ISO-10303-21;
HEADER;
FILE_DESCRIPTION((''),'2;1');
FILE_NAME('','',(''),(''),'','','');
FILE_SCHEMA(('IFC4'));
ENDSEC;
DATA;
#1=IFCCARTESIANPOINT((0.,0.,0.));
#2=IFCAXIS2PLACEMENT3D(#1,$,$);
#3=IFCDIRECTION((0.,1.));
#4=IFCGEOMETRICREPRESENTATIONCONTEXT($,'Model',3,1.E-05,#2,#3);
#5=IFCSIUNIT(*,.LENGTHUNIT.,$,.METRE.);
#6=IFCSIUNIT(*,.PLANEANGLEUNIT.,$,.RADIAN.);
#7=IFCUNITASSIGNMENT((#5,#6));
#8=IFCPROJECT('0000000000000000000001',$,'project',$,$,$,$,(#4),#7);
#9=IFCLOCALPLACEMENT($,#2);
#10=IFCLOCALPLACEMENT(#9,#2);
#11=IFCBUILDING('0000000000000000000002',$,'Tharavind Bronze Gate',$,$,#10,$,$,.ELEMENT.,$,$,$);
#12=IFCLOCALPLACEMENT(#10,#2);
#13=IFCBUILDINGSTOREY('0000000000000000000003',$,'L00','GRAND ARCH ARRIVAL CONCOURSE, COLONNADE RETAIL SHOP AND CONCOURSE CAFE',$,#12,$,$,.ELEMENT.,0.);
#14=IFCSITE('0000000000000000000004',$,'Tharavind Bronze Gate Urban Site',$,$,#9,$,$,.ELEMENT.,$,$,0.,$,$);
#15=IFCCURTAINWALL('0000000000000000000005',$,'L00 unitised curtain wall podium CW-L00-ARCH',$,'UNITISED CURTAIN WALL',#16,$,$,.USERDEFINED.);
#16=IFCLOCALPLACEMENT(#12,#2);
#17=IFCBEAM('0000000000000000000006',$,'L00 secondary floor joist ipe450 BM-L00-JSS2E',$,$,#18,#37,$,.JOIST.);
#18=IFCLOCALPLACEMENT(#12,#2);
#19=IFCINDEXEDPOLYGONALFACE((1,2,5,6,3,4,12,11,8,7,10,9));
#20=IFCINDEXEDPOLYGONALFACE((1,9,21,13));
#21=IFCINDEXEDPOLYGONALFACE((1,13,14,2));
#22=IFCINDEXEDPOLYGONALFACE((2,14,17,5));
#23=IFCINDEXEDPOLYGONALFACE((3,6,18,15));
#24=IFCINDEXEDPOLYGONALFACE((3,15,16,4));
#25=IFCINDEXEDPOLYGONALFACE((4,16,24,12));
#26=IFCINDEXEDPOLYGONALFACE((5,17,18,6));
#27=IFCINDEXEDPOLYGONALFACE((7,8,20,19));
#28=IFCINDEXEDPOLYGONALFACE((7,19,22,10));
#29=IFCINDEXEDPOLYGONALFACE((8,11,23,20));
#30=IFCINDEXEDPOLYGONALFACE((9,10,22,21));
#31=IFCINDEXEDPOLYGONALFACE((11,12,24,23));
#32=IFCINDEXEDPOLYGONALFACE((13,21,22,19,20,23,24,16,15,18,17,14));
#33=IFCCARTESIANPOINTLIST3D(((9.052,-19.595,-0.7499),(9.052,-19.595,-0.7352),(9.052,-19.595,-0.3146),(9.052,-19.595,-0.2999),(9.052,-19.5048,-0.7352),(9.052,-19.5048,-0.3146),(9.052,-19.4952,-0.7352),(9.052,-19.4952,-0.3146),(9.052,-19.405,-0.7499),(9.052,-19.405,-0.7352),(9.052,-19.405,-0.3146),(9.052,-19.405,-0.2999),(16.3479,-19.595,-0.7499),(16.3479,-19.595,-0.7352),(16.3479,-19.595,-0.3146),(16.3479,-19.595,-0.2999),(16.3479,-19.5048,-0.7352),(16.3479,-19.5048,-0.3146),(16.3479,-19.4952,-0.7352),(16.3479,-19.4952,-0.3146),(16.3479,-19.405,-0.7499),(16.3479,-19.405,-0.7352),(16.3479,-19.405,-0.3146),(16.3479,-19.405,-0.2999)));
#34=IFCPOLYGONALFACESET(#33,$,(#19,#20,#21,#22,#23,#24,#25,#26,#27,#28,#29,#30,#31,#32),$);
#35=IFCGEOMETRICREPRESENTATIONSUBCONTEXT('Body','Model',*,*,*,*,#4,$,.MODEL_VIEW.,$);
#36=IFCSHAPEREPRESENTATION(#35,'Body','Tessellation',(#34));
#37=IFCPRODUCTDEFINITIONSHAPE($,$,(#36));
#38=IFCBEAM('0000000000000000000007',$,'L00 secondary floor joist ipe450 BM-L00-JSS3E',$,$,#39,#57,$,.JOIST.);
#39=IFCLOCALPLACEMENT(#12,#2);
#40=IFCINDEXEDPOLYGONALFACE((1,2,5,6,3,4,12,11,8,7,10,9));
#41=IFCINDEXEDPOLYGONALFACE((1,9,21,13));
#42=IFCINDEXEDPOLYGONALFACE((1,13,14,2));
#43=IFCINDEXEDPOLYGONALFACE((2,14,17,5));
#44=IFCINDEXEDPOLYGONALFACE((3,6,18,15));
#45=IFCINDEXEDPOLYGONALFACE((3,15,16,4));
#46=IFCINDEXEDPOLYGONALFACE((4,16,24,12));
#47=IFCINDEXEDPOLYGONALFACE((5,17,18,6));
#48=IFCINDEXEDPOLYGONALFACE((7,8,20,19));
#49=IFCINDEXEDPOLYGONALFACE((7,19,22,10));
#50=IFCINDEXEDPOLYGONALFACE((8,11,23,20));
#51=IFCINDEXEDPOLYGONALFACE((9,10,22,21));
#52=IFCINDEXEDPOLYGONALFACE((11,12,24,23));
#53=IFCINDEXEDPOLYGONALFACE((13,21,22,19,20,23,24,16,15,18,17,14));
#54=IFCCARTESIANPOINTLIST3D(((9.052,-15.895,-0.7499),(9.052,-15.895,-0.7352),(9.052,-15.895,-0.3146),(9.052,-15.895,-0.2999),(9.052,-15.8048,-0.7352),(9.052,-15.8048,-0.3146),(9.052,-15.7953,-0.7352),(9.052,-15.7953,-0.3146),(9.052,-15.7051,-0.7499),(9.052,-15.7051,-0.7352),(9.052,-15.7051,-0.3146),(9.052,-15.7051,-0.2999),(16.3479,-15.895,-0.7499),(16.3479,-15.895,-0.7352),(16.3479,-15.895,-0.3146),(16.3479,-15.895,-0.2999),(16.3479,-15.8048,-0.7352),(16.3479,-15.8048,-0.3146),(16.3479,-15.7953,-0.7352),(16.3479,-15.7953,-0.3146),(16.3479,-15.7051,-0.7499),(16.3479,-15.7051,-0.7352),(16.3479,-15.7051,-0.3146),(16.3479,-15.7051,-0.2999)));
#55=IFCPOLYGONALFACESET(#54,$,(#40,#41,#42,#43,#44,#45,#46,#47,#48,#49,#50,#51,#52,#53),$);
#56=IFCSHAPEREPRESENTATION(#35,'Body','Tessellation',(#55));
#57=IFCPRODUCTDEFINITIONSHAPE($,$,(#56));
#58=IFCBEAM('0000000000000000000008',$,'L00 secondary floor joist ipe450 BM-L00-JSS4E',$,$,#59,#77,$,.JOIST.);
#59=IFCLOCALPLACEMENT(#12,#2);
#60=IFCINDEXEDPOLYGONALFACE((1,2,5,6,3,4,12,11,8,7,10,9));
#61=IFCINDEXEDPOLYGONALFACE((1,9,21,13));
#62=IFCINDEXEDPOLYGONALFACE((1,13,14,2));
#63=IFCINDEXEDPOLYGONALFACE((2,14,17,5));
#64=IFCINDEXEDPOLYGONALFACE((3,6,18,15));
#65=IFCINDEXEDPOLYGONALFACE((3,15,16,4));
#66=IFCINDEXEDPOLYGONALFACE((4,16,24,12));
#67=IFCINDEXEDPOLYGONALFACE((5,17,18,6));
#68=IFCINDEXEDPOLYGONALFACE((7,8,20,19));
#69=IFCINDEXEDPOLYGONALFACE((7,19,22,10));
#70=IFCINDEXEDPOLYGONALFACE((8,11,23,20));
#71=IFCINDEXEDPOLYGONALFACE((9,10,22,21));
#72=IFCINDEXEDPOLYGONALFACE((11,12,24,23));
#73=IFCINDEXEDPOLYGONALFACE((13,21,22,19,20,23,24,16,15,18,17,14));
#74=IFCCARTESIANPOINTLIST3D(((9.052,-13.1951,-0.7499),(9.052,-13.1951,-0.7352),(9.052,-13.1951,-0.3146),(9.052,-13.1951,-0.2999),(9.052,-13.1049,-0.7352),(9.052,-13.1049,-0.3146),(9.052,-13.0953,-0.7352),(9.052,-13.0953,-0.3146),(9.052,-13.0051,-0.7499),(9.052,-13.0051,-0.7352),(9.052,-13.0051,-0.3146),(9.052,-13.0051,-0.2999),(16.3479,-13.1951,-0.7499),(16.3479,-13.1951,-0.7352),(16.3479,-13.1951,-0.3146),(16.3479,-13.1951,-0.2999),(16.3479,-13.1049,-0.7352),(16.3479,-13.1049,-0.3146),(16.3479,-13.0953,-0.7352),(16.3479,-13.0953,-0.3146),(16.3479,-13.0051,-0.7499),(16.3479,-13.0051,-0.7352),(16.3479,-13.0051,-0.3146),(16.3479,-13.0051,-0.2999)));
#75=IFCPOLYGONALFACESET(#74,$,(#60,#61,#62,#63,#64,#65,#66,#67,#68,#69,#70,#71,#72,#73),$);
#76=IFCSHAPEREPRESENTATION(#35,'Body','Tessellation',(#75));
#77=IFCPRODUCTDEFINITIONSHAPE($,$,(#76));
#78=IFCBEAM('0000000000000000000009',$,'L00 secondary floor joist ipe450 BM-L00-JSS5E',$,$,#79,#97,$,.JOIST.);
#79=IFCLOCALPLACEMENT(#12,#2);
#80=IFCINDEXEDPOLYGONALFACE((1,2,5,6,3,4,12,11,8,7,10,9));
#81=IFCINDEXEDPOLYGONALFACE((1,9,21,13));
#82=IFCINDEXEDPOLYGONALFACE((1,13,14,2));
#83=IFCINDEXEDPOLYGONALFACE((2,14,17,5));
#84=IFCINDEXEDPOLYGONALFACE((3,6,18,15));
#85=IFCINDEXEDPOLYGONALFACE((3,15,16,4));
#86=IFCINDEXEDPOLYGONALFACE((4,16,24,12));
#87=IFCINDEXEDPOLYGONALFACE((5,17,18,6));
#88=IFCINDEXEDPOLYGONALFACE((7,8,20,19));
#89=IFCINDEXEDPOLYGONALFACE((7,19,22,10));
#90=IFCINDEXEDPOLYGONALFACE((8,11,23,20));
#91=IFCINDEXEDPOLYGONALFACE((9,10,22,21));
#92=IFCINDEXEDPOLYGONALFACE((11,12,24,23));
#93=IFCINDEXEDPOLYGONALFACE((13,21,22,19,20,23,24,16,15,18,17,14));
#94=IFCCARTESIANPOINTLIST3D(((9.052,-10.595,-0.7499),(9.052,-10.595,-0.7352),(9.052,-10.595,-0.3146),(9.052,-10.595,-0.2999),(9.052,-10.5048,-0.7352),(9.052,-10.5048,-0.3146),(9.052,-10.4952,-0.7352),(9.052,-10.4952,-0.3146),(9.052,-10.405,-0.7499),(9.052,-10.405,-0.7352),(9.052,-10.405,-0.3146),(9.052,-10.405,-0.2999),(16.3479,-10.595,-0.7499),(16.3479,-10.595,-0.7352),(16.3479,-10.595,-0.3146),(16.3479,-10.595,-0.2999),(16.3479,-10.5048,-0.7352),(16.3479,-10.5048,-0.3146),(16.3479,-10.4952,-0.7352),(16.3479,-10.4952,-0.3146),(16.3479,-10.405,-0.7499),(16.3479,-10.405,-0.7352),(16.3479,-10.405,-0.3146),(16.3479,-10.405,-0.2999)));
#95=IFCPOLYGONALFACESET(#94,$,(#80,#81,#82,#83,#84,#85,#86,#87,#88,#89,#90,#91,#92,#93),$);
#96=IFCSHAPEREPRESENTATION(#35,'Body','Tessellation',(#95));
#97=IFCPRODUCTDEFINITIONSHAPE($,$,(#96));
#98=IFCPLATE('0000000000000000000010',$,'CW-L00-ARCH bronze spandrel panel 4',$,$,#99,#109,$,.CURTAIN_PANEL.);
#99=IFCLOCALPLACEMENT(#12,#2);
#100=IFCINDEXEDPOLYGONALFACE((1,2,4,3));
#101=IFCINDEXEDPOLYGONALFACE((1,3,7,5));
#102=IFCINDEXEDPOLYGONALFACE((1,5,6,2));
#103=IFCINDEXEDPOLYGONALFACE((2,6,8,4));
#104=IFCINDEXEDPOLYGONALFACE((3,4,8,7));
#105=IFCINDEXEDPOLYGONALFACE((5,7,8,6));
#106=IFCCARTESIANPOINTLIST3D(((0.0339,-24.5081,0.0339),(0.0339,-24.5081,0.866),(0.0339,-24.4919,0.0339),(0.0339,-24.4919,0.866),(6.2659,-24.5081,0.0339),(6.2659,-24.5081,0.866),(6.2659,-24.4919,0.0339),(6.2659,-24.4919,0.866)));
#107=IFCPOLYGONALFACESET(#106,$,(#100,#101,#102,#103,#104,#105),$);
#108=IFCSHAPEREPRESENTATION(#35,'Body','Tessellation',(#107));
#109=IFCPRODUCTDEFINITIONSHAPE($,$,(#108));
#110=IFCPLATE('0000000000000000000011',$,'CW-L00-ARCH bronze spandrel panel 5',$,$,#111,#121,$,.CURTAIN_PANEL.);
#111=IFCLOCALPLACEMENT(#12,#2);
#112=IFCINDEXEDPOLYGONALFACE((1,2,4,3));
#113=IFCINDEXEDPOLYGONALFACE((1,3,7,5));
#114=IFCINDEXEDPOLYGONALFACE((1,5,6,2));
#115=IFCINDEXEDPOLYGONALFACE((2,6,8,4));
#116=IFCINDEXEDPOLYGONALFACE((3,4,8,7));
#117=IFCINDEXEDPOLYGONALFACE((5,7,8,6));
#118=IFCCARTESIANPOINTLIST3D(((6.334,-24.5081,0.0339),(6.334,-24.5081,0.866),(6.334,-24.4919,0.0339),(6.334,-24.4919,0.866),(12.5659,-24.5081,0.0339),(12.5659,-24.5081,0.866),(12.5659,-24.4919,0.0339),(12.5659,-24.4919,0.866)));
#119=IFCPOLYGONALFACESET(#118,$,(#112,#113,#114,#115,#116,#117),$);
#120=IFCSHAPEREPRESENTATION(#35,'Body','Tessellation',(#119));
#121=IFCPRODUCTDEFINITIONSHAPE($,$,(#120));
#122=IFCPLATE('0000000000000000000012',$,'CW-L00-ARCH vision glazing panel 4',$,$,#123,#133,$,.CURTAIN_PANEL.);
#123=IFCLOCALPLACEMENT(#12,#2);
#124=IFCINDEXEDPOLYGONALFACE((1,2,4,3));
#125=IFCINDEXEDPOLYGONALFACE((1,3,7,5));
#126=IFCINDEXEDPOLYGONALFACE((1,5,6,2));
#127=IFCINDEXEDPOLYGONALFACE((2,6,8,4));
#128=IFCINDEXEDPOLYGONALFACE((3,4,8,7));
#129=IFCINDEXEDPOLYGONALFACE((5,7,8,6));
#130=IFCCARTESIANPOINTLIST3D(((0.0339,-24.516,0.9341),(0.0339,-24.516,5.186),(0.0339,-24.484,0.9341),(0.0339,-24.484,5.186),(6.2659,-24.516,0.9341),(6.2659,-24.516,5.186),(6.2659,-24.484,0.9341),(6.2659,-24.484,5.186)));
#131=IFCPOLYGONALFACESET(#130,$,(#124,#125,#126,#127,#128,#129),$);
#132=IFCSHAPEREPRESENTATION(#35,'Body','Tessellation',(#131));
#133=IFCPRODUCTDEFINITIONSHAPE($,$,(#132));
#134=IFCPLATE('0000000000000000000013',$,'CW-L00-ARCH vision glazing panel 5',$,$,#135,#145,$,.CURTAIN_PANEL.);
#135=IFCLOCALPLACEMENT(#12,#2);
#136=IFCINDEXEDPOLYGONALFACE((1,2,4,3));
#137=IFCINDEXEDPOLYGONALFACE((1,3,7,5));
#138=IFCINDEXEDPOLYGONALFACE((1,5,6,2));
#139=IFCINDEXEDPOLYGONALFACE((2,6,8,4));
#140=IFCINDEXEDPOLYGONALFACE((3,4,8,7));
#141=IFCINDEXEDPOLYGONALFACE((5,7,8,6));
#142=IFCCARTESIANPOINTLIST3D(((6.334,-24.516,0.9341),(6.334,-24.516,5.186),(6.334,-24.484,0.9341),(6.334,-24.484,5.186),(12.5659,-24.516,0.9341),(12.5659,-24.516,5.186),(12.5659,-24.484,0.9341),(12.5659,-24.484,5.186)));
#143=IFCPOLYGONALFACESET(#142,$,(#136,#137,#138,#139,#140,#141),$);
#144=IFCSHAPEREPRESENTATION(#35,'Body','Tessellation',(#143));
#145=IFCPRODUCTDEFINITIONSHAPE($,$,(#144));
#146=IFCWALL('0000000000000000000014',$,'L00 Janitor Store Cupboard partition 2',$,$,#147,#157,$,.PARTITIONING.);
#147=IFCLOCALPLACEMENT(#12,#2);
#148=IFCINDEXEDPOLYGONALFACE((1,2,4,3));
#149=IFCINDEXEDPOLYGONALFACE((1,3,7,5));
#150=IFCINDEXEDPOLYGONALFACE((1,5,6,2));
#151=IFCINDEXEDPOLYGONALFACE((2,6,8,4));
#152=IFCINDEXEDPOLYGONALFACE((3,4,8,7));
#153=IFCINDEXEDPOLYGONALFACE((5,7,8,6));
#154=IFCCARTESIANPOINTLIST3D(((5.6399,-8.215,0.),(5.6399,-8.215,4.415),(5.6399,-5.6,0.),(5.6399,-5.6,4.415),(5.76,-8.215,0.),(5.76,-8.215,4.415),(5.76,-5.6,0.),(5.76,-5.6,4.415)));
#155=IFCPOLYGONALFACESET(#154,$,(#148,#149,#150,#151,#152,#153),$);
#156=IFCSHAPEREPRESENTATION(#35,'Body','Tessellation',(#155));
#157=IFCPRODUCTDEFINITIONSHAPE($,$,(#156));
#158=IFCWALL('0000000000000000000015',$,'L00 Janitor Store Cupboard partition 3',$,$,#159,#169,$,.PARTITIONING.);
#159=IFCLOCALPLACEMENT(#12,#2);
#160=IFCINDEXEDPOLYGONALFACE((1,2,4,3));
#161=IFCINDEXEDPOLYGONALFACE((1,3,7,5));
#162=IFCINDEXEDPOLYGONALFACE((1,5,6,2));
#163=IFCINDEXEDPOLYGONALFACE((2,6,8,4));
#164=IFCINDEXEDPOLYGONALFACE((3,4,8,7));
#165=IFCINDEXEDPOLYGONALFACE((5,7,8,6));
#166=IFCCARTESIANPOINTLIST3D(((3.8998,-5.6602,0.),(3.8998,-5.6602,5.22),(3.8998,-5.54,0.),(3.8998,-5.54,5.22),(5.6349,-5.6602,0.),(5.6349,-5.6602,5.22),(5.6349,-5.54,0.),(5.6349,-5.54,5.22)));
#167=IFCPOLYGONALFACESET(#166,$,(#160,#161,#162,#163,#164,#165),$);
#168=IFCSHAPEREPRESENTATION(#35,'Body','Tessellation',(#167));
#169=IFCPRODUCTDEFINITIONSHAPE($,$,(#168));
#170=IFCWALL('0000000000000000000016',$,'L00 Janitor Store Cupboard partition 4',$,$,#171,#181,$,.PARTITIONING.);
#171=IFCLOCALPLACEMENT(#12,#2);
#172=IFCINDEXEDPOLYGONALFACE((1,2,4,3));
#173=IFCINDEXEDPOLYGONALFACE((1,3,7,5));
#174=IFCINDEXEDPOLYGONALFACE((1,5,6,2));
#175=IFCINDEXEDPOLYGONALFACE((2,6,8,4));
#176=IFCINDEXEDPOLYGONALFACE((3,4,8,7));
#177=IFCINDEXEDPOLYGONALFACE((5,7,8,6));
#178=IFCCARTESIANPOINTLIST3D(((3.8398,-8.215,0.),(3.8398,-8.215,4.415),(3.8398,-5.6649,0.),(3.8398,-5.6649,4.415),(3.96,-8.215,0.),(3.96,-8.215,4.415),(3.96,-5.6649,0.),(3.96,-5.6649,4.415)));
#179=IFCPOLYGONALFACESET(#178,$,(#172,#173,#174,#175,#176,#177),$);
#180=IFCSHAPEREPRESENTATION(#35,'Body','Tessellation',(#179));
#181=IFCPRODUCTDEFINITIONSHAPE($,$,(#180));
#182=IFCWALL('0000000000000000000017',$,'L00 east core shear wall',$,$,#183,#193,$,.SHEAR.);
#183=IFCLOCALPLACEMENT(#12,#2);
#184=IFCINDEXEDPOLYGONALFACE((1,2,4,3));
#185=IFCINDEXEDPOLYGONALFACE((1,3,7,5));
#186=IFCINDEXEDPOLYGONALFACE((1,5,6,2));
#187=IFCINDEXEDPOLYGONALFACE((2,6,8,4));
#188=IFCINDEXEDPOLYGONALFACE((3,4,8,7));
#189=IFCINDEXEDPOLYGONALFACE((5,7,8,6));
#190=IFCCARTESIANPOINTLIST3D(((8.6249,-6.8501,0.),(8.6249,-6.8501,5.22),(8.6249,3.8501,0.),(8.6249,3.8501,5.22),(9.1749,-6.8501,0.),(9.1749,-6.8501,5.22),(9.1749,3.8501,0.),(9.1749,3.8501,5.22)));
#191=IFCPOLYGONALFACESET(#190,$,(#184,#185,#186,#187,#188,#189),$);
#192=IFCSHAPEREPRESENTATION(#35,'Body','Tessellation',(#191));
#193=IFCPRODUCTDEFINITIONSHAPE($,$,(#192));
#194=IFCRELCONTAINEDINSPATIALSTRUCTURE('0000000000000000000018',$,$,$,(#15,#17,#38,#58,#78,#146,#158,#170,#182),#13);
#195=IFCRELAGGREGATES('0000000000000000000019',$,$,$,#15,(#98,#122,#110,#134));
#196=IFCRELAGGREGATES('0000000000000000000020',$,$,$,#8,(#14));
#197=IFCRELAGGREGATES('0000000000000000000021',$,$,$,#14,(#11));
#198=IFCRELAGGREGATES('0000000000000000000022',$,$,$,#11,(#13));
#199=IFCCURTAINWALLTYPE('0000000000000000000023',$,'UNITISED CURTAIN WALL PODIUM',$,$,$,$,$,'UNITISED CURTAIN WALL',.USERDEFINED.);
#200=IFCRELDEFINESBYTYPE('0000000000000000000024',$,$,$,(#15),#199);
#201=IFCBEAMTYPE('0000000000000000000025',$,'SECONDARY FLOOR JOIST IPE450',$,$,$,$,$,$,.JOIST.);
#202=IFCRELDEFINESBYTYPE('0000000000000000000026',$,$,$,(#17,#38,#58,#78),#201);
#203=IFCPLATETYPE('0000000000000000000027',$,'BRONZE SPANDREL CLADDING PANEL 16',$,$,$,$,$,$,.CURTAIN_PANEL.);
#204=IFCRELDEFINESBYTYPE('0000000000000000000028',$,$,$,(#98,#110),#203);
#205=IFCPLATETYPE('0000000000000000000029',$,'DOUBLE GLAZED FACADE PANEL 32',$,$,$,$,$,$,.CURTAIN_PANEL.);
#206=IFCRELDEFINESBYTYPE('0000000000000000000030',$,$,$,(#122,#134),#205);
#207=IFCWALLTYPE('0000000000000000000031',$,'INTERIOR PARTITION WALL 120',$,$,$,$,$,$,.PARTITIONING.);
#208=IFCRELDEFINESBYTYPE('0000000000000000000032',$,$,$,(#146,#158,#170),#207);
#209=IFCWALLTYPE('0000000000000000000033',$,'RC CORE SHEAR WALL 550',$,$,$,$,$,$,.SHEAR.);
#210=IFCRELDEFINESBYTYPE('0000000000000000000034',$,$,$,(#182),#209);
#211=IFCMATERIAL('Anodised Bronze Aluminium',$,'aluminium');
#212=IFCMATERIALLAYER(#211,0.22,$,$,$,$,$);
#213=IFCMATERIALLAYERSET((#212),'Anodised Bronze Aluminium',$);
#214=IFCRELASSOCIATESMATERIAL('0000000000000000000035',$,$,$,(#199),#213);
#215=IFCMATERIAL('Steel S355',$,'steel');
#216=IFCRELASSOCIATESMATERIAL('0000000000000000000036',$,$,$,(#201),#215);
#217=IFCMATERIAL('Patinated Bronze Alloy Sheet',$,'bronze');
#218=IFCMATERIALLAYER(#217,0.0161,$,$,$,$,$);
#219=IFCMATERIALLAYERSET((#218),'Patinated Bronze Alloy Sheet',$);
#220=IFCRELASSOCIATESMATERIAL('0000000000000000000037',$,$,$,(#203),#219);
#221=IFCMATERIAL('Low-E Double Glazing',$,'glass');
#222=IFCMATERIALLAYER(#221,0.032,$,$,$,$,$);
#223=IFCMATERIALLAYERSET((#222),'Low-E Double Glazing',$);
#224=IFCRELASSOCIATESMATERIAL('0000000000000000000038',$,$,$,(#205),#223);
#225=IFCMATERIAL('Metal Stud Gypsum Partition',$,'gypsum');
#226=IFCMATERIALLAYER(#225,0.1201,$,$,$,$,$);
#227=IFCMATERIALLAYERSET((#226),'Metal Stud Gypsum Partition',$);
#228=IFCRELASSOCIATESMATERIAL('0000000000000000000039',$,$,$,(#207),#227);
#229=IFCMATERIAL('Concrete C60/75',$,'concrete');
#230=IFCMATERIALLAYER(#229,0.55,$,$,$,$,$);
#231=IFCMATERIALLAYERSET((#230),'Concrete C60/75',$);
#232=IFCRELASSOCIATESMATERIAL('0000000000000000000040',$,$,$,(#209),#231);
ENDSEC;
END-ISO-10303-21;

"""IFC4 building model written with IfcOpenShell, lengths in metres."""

from ifc_helpers import new_model, si_unit, direction, frame, frame_2d, origin, origin_2d, place, context, subcontext, project, spatial, rectangle, i_section, extrude, material, layer, layer_set, material_profile, profile_set, type_object, element, aggregate, save


model = new_model("IFC4")

# Units and contexts
model_context = context("Model", 3, precision=1e-05, world=origin(), true_north=direction((0.0, 1.0)))
body_context = subcontext(model_context, "Body", "Model", "MODEL_VIEW")
ifc_project = project(units=[si_unit("LENGTHUNIT", "METRE"), si_unit("PLANEANGLEUNIT", "RADIAN")], contexts=[model_context])

# Site, building, storey
site_placement = place(None, origin())
site = spatial("IfcSite", under=ifc_project, at=site_placement, Name="Tharavind Bronze Gate Urban Site", CompositionType="ELEMENT", RefElevation=0.0)
building_placement = place(site_placement, origin())
building = spatial("IfcBuilding", under=site, at=building_placement, Name="Tharavind Bronze Gate", CompositionType="ELEMENT")
storey_placement = place(building_placement, origin())
storey = spatial("IfcBuildingStorey", under=building, at=storey_placement, Name="L00", Description="GRAND ARCH ARRIVAL CONCOURSE, COLONNADE RETAIL SHOP AND CONCOURSE CAFE", CompositionType="ELEMENT", Elevation=0.0)

# Curtain wall
ifc_material_1 = material(Name="Anodised Bronze Aluminium", Category="aluminium")
ifc_layer_1 = layer(ifc_material_1, 0.22)
ifc_layer_set_1 = layer_set([ifc_layer_1], Name="Anodised Bronze Aluminium")
curtain_wall_type = type_object("IfcCurtainWallType", Name="UNITISED CURTAIN WALL PODIUM", ElementType="UNITISED CURTAIN WALL", PredefinedType="USERDEFINED", material=ifc_layer_set_1)
curtain_wall_placement = place(storey_placement, origin())
curtain_wall = element("IfcCurtainWall", 1, at=curtain_wall_placement, inside=storey, type_object=curtain_wall_type, Name="L00 unitised curtain wall podium CW-L00-ARCH", ObjectType="UNITISED CURTAIN WALL", PredefinedType="USERDEFINED")

# Beams
ifc_material_2 = material(Name="Steel S355", Category="steel")
ifc_material_profile_1 = material_profile(ifc_material_2, i_section(OverallWidth=0.1899, OverallDepth=0.45, WebThickness=0.0095, FlangeThickness=0.0146, at=origin_2d()), Name="IPE450")
ifc_profile_set_1 = profile_set([ifc_material_profile_1], Name="Steel S355")
beam_type_1 = type_object("IfcBeamType", Name="SECONDARY FLOOR JOIST IPE450", PredefinedType="JOIST", material=ifc_profile_set_1)
for number, where, z_axis, x_axis, name in (
    (2, (9.052, -19.5, -0.5249), (1.0, 0.0, 0.0), (0.0, 1.0, 0.0), "L00 secondary floor joist ipe450 BM-L00-JSS2E"),
    (3, (9.052, -15.8, -0.5249), (1.0, 0.0, 0.0), (0.0, 1.0, 0.0), "L00 secondary floor joist ipe450 BM-L00-JSS3E"),
    (4, (9.052, -13.1001, -0.5249), (1.0, 0.0, 0.0), (0.0, 1.0, 0.0), "L00 secondary floor joist ipe450 BM-L00-JSS4E"),
    (5, (9.052, -10.5, -0.5249), (1.0, 0.0, 0.0), (0.0, 1.0, 0.0), "L00 secondary floor joist ipe450 BM-L00-JSS5E"),
):
    element("IfcBeam", number, at=place(storey_placement, frame(where, z_axis=z_axis, x_axis=x_axis)), inside=storey, type_object=beam_type_1, Name=name, PredefinedType="JOIST", context=body_context, shape_type="SweptSolid", body=[
        extrude(i_section(OverallWidth=0.1899, OverallDepth=0.45, WebThickness=0.0095, FlangeThickness=0.0146, at=origin_2d()), origin(), (0.0, 0.0, 1.0), 7.2959),
    ])

# Plates
ifc_material_3 = material(Name="Patinated Bronze Alloy Sheet", Category="bronze")
ifc_layer_2 = layer(ifc_material_3, 0.0161)
ifc_layer_set_2 = layer_set([ifc_layer_2], Name="Patinated Bronze Alloy Sheet")
plate_type_1 = type_object("IfcPlateType", Name="BRONZE SPANDREL CLADDING PANEL 16", PredefinedType="CURTAIN_PANEL", material=ifc_layer_set_2)
plate_1_placement = place(storey_placement, frame((3.1499, -24.5, 0.0339), z_axis=(0.0, 0.0, 1.0), x_axis=(1.0, 0.0, 0.0)))
plate_1 = element("IfcPlate", 6, at=plate_1_placement, type_object=plate_type_1, Name="CW-L00-ARCH bronze spandrel panel 4", PredefinedType="CURTAIN_PANEL", context=body_context, shape_type="SweptSolid", body=[
    extrude(rectangle(XDim=6.2319, YDim=0.0161, at=origin_2d()), origin(), (0.0, 0.0, 1.0), 0.832),
])
plate_2_placement = place(storey_placement, frame((9.45, -24.5, 0.0339), z_axis=(0.0, 0.0, 1.0), x_axis=(1.0, 0.0, 0.0)))
plate_2 = element("IfcPlate", 7, at=plate_2_placement, type_object=plate_type_1, Name="CW-L00-ARCH bronze spandrel panel 5", PredefinedType="CURTAIN_PANEL", context=body_context, shape_type="SweptSolid", body=[
    extrude(rectangle(XDim=6.2319, YDim=0.0161, at=origin_2d()), origin(), (0.0, 0.0, 1.0), 0.832),
])
ifc_material_4 = material(Name="Low-E Double Glazing", Category="glass")
ifc_layer_3 = layer(ifc_material_4, 0.032)
ifc_layer_set_3 = layer_set([ifc_layer_3], Name="Low-E Double Glazing")
plate_type_2 = type_object("IfcPlateType", Name="DOUBLE GLAZED FACADE PANEL 32", PredefinedType="CURTAIN_PANEL", material=ifc_layer_set_3)
plate_3_placement = place(storey_placement, frame((3.1499, -24.5, 0.9341), z_axis=(0.0, 0.0, 1.0), x_axis=(1.0, 0.0, 0.0)))
plate_3 = element("IfcPlate", 8, at=plate_3_placement, type_object=plate_type_2, Name="CW-L00-ARCH vision glazing panel 4", PredefinedType="CURTAIN_PANEL", context=body_context, shape_type="SweptSolid", body=[
    extrude(rectangle(XDim=6.2319, YDim=0.032, at=origin_2d()), origin(), (0.0, 0.0, 1.0), 4.252),
])
plate_4_placement = place(storey_placement, frame((9.45, -24.5, 0.9341), z_axis=(0.0, 0.0, 1.0), x_axis=(1.0, 0.0, 0.0)))
plate_4 = element("IfcPlate", 9, at=plate_4_placement, type_object=plate_type_2, Name="CW-L00-ARCH vision glazing panel 5", PredefinedType="CURTAIN_PANEL", context=body_context, shape_type="SweptSolid", body=[
    extrude(rectangle(XDim=6.2319, YDim=0.032, at=origin_2d()), origin(), (0.0, 0.0, 1.0), 4.252),
])
aggregate(curtain_wall, [plate_1, plate_3, plate_2, plate_4])

# Walls
ifc_material_5 = material(Name="Metal Stud Gypsum Partition", Category="gypsum")
ifc_layer_4 = layer(ifc_material_5, 0.1201)
ifc_layer_set_4 = layer_set([ifc_layer_4], Name="Metal Stud Gypsum Partition")
wall_type_1 = type_object("IfcWallType", Name="INTERIOR PARTITION WALL 120", PredefinedType="PARTITIONING", material=ifc_layer_set_4)
wall_1_placement = place(storey_placement, frame((5.7, -8.2151, 0.0), z_axis=(0.0, 0.0, 1.0), x_axis=(0.0, 1.0, 0.0)))
element("IfcWall", 10, at=wall_1_placement, inside=storey, type_object=wall_type_1, Name="L00 Janitor Store Cupboard partition 2", PredefinedType="PARTITIONING", context=body_context, shape_type="SweptSolid", body=[
    extrude(rectangle(XDim=2.615, YDim=0.1201, at=frame_2d((1.3076, 0.0))), origin(), (0.0, 0.0, 1.0), 4.415),
])
wall_2_placement = place(storey_placement, frame((5.635, -5.6001, 0.0), z_axis=(0.0, 0.0, 1.0), x_axis=(-1.0, 0.0, 0.0)))
element("IfcWall", 11, at=wall_2_placement, inside=storey, type_object=wall_type_1, Name="L00 Janitor Store Cupboard partition 3", PredefinedType="PARTITIONING", context=body_context, shape_type="SweptSolid", body=[
    extrude(rectangle(XDim=1.7351, YDim=0.1201, at=frame_2d((0.8677, 0.0))), origin(), (0.0, 0.0, 1.0), 5.22),
])
wall_3_placement = place(storey_placement, frame((3.8999, -5.665, 0.0), z_axis=(0.0, 0.0, 1.0), x_axis=(0.0, -1.0, 0.0)))
element("IfcWall", 12, at=wall_3_placement, inside=storey, type_object=wall_type_1, Name="L00 Janitor Store Cupboard partition 4", PredefinedType="PARTITIONING", context=body_context, shape_type="SweptSolid", body=[
    extrude(rectangle(XDim=2.55, YDim=0.1201, at=frame_2d((1.2749, 0.0))), origin(), (0.0, 0.0, 1.0), 4.415),
])
ifc_material_6 = material(Name="Concrete C60/75", Category="concrete")
ifc_layer_5 = layer(ifc_material_6, 0.55)
ifc_layer_set_5 = layer_set([ifc_layer_5], Name="Concrete C60/75")
wall_type_2 = type_object("IfcWallType", Name="RC CORE SHEAR WALL 550", PredefinedType="SHEAR", material=ifc_layer_set_5)
wall_4_placement = place(storey_placement, frame((8.8999, -6.8501, 0.0), z_axis=(0.0, 0.0, 1.0), x_axis=(0.0, 1.0, 0.0)))
element("IfcWall", 13, at=wall_4_placement, inside=storey, type_object=wall_type_2, Name="L00 east core shear wall", PredefinedType="SHEAR", context=body_context, shape_type="SweptSolid", body=[
    extrude(rectangle(XDim=10.7002, YDim=0.55, at=frame_2d((5.3501, 0.0))), origin(), (0.0, 0.0, 1.0), 5.22),
])

save(model, "model.ifc")
